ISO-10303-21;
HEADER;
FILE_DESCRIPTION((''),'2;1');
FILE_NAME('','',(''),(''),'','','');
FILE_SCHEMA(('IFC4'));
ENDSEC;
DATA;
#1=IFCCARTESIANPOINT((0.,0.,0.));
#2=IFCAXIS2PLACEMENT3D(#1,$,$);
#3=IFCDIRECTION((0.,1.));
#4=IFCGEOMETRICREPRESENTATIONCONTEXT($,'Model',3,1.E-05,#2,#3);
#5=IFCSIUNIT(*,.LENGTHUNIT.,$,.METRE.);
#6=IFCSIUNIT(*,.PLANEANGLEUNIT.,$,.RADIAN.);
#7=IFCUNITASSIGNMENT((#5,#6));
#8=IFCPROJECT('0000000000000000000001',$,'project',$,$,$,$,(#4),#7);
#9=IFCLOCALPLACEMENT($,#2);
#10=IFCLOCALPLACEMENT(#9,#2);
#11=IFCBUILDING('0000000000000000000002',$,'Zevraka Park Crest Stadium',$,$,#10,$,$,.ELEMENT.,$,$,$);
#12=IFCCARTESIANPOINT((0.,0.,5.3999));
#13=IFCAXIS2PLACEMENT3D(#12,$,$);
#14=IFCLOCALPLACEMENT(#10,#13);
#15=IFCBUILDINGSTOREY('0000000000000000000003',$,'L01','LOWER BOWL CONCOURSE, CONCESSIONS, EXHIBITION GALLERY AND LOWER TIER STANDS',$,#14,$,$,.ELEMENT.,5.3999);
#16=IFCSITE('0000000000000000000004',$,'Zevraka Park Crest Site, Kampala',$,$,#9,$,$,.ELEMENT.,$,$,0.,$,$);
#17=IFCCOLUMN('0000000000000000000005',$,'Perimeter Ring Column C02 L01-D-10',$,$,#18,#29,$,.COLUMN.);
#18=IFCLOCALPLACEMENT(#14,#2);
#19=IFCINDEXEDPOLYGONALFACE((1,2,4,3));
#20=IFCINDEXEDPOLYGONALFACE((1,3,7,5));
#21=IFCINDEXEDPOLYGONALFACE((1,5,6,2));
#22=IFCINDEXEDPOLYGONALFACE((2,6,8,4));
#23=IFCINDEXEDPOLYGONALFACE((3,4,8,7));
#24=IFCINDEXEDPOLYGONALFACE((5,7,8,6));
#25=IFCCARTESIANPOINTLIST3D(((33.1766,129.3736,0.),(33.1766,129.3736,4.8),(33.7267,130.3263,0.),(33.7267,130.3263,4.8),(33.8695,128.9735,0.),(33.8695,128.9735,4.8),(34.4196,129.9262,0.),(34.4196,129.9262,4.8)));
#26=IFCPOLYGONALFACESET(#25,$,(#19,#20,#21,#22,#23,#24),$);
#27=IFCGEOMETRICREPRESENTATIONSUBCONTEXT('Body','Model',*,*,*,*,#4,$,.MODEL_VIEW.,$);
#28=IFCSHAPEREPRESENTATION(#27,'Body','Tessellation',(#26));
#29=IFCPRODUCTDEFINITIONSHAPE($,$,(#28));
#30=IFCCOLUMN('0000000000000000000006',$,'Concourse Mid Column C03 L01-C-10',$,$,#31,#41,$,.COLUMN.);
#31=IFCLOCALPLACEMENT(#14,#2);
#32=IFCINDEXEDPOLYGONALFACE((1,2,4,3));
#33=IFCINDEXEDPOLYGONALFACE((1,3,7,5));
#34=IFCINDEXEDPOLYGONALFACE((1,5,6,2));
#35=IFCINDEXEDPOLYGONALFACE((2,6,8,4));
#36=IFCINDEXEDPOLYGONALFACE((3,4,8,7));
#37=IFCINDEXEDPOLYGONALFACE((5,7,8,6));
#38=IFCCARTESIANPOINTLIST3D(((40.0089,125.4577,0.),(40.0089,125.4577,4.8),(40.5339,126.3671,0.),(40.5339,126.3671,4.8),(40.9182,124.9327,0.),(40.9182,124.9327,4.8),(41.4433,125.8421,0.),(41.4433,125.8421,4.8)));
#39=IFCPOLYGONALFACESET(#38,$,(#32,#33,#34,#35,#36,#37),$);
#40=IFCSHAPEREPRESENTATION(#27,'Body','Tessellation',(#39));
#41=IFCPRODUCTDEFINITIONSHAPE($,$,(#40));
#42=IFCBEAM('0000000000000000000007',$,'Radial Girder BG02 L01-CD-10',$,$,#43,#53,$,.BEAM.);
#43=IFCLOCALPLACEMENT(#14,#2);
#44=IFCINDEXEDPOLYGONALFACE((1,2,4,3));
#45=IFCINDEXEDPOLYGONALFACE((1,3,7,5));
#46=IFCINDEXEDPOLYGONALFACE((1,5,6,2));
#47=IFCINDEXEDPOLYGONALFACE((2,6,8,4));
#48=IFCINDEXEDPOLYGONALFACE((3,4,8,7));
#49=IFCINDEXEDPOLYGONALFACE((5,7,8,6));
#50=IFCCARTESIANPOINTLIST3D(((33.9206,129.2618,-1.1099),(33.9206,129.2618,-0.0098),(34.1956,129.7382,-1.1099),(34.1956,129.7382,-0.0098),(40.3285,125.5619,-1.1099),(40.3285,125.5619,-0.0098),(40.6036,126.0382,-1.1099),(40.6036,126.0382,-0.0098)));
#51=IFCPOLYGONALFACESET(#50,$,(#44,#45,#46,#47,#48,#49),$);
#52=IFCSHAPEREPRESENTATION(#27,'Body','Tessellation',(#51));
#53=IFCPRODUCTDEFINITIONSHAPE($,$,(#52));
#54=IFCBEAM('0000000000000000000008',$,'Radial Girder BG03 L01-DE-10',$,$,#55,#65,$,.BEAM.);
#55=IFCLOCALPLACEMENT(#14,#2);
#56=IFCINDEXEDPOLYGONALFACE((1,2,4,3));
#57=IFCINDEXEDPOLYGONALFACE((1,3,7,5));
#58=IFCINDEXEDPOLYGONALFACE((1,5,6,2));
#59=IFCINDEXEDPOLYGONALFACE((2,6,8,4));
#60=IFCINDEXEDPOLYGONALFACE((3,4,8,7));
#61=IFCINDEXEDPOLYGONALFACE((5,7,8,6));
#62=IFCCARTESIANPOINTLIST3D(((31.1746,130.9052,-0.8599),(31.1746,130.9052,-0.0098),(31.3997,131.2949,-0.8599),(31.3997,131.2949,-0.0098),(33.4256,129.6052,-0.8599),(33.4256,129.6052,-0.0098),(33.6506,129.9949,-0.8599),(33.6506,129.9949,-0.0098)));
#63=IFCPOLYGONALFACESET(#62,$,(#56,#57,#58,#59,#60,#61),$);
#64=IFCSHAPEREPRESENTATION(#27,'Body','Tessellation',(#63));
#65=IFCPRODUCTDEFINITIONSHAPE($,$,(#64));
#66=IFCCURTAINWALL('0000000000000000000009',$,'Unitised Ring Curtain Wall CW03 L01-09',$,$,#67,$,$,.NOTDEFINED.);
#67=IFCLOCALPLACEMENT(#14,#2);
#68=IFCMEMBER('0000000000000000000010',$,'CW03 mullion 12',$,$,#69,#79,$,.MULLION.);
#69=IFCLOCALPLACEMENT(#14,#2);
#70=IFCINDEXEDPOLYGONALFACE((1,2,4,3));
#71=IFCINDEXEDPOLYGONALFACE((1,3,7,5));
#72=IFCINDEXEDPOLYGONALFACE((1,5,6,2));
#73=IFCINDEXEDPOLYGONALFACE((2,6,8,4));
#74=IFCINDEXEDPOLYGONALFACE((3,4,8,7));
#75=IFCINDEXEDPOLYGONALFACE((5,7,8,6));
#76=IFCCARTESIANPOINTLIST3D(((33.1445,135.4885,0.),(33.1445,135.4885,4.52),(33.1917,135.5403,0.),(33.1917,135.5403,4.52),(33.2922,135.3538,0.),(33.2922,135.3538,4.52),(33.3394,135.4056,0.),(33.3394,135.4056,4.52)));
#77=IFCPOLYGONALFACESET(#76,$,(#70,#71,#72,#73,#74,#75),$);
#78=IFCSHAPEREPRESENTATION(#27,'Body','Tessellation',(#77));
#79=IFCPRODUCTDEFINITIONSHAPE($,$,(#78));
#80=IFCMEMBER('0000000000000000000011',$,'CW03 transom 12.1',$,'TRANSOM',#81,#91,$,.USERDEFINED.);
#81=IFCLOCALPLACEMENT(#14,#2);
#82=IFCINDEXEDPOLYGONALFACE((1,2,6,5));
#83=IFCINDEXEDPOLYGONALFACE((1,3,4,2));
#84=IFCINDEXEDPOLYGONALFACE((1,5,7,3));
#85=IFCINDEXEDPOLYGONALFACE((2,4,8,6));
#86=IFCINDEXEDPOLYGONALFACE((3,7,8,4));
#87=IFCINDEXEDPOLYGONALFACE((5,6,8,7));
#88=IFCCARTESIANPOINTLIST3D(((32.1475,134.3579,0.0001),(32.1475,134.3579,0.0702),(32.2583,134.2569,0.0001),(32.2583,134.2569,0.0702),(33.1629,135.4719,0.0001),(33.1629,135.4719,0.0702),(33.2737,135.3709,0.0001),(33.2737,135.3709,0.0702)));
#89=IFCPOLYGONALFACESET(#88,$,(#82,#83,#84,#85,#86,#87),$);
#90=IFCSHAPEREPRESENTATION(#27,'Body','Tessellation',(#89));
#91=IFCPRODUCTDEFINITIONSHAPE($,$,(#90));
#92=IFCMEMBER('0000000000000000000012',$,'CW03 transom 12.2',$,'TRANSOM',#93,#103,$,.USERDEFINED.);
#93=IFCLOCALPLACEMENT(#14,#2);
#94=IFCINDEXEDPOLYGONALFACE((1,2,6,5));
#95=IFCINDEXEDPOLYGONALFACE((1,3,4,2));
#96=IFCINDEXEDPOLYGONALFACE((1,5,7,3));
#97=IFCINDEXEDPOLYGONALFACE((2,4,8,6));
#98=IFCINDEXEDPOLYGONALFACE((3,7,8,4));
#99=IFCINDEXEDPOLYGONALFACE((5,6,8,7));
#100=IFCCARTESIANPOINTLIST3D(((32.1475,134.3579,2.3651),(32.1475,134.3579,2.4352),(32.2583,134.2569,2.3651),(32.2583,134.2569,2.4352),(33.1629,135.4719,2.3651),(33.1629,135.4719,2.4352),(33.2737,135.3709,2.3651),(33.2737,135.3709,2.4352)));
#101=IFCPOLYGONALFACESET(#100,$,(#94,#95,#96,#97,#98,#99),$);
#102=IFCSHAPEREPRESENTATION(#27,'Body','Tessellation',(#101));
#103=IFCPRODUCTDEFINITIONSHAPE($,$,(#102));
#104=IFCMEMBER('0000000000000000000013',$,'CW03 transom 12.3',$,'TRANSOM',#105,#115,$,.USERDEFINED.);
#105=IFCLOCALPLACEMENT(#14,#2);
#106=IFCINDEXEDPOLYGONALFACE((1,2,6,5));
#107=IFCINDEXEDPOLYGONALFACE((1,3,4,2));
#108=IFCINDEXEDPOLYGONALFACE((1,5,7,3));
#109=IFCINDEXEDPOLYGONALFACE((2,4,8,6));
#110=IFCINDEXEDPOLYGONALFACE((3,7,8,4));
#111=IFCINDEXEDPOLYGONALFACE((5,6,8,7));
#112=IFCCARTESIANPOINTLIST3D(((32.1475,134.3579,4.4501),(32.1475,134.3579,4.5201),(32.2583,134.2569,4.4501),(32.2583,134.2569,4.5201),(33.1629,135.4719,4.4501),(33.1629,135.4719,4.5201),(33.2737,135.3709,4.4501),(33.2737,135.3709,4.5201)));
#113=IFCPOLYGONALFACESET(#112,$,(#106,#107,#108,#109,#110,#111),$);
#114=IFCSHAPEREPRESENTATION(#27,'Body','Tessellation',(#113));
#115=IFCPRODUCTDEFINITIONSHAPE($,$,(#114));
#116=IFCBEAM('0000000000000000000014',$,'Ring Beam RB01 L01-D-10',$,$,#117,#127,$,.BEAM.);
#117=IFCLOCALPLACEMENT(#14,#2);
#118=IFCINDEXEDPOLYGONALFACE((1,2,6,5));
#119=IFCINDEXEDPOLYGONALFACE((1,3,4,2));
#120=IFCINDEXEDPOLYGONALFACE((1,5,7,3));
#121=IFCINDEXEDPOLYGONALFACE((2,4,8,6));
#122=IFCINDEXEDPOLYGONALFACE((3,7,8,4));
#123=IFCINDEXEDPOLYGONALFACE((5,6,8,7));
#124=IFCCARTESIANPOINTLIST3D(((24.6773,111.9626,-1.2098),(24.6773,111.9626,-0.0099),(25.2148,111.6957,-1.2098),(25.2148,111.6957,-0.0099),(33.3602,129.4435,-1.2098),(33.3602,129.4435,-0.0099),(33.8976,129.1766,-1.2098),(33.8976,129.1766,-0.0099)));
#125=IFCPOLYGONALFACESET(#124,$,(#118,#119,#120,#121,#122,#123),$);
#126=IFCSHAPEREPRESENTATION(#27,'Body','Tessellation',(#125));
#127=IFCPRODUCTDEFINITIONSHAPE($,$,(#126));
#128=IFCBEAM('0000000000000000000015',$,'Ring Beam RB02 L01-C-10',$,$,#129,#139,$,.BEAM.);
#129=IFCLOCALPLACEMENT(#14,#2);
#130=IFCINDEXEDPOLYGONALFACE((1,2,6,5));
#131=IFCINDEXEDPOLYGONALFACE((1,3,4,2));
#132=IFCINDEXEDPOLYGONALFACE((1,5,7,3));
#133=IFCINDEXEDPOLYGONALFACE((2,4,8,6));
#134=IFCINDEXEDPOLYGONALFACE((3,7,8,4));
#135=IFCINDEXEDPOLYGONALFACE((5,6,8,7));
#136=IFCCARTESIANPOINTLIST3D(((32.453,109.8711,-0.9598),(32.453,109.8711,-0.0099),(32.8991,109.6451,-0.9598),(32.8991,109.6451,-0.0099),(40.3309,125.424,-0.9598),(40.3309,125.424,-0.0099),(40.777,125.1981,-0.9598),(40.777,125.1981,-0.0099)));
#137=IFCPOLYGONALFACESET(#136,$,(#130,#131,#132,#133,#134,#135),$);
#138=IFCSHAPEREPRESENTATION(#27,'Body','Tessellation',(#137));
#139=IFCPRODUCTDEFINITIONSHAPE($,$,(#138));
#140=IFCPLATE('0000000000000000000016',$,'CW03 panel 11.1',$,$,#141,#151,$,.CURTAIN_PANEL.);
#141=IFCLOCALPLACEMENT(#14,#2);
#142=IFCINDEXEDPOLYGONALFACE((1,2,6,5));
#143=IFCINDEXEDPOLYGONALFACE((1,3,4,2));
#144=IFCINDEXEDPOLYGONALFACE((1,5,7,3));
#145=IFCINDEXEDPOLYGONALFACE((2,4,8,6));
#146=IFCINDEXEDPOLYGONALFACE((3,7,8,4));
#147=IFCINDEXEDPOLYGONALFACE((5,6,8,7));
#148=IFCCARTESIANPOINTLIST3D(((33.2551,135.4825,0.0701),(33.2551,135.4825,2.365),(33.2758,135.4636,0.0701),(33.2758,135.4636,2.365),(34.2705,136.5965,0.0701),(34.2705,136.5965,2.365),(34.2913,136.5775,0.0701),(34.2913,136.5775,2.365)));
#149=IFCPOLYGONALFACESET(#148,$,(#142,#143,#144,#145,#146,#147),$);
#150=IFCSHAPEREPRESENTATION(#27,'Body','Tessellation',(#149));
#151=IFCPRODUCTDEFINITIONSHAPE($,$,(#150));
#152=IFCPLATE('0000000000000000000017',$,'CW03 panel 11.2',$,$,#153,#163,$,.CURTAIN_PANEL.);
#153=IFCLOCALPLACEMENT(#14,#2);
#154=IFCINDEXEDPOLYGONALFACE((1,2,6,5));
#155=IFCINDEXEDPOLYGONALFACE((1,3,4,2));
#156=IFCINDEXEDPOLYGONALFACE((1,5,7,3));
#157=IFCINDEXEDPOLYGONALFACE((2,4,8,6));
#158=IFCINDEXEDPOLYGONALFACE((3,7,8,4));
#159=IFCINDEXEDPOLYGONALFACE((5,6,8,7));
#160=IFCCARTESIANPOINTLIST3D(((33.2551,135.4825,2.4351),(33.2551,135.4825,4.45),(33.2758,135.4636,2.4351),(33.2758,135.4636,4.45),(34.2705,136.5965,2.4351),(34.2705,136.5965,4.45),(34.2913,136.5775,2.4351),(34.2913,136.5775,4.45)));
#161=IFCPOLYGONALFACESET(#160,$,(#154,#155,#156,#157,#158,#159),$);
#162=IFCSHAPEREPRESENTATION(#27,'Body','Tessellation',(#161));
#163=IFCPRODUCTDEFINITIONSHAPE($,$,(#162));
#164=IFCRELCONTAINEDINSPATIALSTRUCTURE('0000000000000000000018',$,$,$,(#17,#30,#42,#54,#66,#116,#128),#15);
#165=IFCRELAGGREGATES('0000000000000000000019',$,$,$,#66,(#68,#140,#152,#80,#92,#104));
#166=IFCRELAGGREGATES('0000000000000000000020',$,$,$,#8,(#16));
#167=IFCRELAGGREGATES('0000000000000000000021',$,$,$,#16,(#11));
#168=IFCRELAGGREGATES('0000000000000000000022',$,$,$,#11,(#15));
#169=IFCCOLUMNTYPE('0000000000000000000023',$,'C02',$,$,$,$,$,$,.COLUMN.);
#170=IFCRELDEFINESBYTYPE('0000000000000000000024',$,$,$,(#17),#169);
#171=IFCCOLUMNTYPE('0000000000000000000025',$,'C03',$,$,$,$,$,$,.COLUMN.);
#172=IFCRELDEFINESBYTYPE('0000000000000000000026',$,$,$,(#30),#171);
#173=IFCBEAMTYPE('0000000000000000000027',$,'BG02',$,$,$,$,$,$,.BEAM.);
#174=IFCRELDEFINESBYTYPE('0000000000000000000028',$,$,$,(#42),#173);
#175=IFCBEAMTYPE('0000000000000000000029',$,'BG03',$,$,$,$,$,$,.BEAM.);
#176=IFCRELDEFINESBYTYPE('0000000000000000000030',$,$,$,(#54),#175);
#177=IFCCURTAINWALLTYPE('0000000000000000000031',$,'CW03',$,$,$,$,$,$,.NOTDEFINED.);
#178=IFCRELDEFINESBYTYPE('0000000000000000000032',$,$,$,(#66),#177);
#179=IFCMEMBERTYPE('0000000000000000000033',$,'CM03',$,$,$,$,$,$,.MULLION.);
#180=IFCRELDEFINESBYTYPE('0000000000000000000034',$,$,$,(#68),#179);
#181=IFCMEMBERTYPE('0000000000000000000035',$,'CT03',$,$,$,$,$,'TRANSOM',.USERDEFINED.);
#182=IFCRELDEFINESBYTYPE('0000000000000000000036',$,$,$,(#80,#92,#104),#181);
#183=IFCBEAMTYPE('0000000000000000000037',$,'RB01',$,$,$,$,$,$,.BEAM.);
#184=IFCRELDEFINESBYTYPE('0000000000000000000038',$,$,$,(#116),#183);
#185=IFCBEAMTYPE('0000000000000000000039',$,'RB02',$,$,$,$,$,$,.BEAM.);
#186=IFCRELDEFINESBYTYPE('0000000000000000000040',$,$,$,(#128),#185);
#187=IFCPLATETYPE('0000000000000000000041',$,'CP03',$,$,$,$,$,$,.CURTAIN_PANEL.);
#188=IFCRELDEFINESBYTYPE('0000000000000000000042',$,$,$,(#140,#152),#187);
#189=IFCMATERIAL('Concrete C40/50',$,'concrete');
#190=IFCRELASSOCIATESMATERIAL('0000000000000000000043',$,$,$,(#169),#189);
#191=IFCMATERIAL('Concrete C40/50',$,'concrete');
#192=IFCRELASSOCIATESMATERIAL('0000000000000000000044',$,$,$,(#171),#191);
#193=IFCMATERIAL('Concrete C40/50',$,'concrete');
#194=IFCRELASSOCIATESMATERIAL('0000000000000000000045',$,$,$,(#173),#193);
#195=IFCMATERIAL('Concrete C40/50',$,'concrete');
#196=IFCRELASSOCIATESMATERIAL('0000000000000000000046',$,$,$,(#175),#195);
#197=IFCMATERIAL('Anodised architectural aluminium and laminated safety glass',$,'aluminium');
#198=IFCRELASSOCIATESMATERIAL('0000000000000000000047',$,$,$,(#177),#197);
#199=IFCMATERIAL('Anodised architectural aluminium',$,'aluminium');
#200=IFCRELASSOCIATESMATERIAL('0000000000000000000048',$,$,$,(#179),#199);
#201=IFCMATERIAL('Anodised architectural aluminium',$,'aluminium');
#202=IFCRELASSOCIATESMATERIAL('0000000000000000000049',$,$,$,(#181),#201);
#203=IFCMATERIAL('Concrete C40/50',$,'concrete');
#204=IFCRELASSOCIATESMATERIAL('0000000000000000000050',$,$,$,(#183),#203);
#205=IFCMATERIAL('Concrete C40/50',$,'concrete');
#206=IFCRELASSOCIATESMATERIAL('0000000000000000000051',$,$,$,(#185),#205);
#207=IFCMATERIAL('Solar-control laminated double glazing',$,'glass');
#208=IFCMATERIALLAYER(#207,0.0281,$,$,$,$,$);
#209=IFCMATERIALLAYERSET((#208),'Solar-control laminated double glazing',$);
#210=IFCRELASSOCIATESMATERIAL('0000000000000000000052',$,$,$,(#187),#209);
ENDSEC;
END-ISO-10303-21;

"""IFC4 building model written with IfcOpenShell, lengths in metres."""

from ifc_helpers import new_model, si_unit, direction, frame, origin, origin_2d, place, context, subcontext, project, spatial, rectangle, extrude, material, layer, layer_set, material_profile, profile_set, type_object, element, aggregate, save


model = new_model("IFC4")

# Units and contexts
model_context = context("Model", 3, precision=1e-05, world=origin(), true_north=direction((0.0, 1.0)))
body_context = subcontext(model_context, "Body", "Model", "MODEL_VIEW")
ifc_project = project(units=[si_unit("LENGTHUNIT", "METRE"), si_unit("PLANEANGLEUNIT", "RADIAN")], contexts=[model_context])

# Site, building, storey
site_placement = place(None, origin())
site = spatial("IfcSite", under=ifc_project, at=site_placement, Name="Zevraka Park Crest Site, Kampala", CompositionType="ELEMENT", RefElevation=0.0)
building_placement = place(site_placement, origin())
building = spatial("IfcBuilding", under=site, at=building_placement, Name="Zevraka Park Crest Stadium", CompositionType="ELEMENT")
storey_placement = place(building_placement, frame((0.0, 0.0, 5.3999)))
storey = spatial("IfcBuildingStorey", under=building, at=storey_placement, Name="L01", Description="LOWER BOWL CONCOURSE, CONCESSIONS, EXHIBITION GALLERY AND LOWER TIER STANDS", CompositionType="ELEMENT", Elevation=5.3999)

# Columns
ifc_material_1 = material(Name="Concrete C40/50", Category="concrete")
ifc_material_profile_1 = material_profile(ifc_material_1, rectangle(XDim=0.8, YDim=1.1001, at=origin_2d()), Name="RC 1100x800")
ifc_profile_set_1 = profile_set([ifc_material_profile_1], Name="Concrete C40/50")
column_type_1 = type_object("IfcColumnType", Name="C02", PredefinedType="COLUMN", material=ifc_profile_set_1)
column_1_placement = place(storey_placement, frame((33.7981, 129.6499, 0.0), z_axis=(0.0, 0.0, 1.0), x_axis=(-0.866025, 0.5, 0.0)))
element("IfcColumn", 1, at=column_1_placement, inside=storey, type_object=column_type_1, Name="Perimeter Ring Column C02 L01-D-10", PredefinedType="COLUMN", context=body_context, shape_type="SweptSolid", body=[
    extrude(rectangle(XDim=0.8, YDim=1.1001, at=origin_2d()), origin(), (0.0, 0.0, 1.0), 4.8),
])
ifc_material_2 = material(Name="Concrete C40/50", Category="concrete")
ifc_material_profile_2 = material_profile(ifc_material_2, rectangle(XDim=1.05, YDim=1.05, at=origin_2d()), Name="RC 1050x1050")
ifc_profile_set_2 = profile_set([ifc_material_profile_2], Name="Concrete C40/50")
column_type_2 = type_object("IfcColumnType", Name="C03", PredefinedType="COLUMN", material=ifc_profile_set_2)
column_2_placement = place(storey_placement, frame((40.7261, 125.6499, 0.0), z_axis=(0.0, 0.0, 1.0), x_axis=(-0.866025, 0.5, 0.0)))
element("IfcColumn", 2, at=column_2_placement, inside=storey, type_object=column_type_2, Name="Concourse Mid Column C03 L01-C-10", PredefinedType="COLUMN", context=body_context, shape_type="SweptSolid", body=[
    extrude(rectangle(XDim=1.05, YDim=1.05, at=origin_2d()), origin(), (0.0, 0.0, 1.0), 4.8),
])

# Beams
ifc_material_3 = material(Name="Concrete C40/50", Category="concrete")
ifc_material_profile_3 = material_profile(ifc_material_3, rectangle(XDim=0.55, YDim=1.1001, at=origin_2d()), Name="RC 1100x550")
ifc_profile_set_3 = profile_set([ifc_material_profile_3], Name="Concrete C40/50")
beam_type_1 = type_object("IfcBeamType", Name="BG02", PredefinedType="BEAM", material=ifc_profile_set_3)
beam_1_placement = place(storey_placement, frame((40.4661, 125.8, -0.5598), z_axis=(-0.866007, 0.500032, 0.0), x_axis=(-0.500032, -0.866007, 0.0)))
element("IfcBeam", 3, at=beam_1_placement, inside=storey, type_object=beam_type_1, Name="Radial Girder BG02 L01-CD-10", PredefinedType="BEAM", context=body_context, shape_type="SweptSolid", body=[
    extrude(rectangle(XDim=0.55, YDim=1.1001, at=origin_2d()), origin(), (0.0, 0.0, 1.0), 7.3994),
])
ifc_material_4 = material(Name="Concrete C40/50", Category="concrete")
ifc_material_profile_4 = material_profile(ifc_material_4, rectangle(XDim=0.45, YDim=0.8501, at=origin_2d()), Name="RC 850x450")
ifc_profile_set_4 = profile_set([ifc_material_profile_4], Name="Concrete C40/50")
beam_type_2 = type_object("IfcBeamType", Name="BG03", PredefinedType="BEAM", material=ifc_profile_set_4)
beam_2_placement = place(storey_placement, frame((33.5381, 129.8, -0.4348), z_axis=(-0.865951, 0.500129, 0.0), x_axis=(-0.500129, -0.865951, 0.0)))
element("IfcBeam", 4, at=beam_2_placement, inside=storey, type_object=beam_type_2, Name="Radial Girder BG03 L01-DE-10", PredefinedType="BEAM", context=body_context, shape_type="SweptSolid", body=[
    extrude(rectangle(XDim=0.45, YDim=0.8501, at=origin_2d()), origin(), (0.0, 0.0, 1.0), 2.5994),
])

# Curtain wall, members
ifc_material_5 = material(Name="Anodised architectural aluminium and laminated safety glass", Category="aluminium")
curtain_wall_type = type_object("IfcCurtainWallType", Name="CW03", PredefinedType="NOTDEFINED", material=ifc_material_5)
curtain_wall_placement = place(storey_placement, origin())
curtain_wall = element("IfcCurtainWall", 5, at=curtain_wall_placement, inside=storey, type_object=curtain_wall_type, Name="Unitised Ring Curtain Wall CW03 L01-09", PredefinedType="NOTDEFINED")
ifc_material_6 = material(Name="Anodised architectural aluminium", Category="aluminium")
ifc_material_profile_5 = material_profile(ifc_material_6, rectangle(XDim=0.2, YDim=0.0701, at=origin_2d()), Name="ALU MULLION 200x70")
ifc_profile_set_5 = profile_set([ifc_material_profile_5], Name="Anodised architectural aluminium")
member_type_1 = type_object("IfcMemberType", Name="CM03", PredefinedType="MULLION", material=ifc_profile_set_5)
member_1_placement = place(storey_placement, frame((33.2419, 135.447, 0.0), z_axis=(0.0, 0.0, 1.0), x_axis=(0.739023, -0.67368, 0.0)))
member_1 = element("IfcMember", 6, at=member_1_placement, type_object=member_type_1, Name="CW03 mullion 12", PredefinedType="MULLION", context=body_context, shape_type="SweptSolid", body=[
    extrude(rectangle(XDim=0.2, YDim=0.0701, at=origin_2d()), origin(), (0.0, 0.0, 1.0), 4.52),
])
ifc_material_7 = material(Name="Anodised architectural aluminium", Category="aluminium")
ifc_material_profile_6 = material_profile(ifc_material_7, rectangle(XDim=0.1499, YDim=0.0701, at=origin_2d()), Name="ALU TRANSOM 150x70")
ifc_profile_set_6 = profile_set([ifc_material_profile_6], Name="Anodised architectural aluminium")
member_type_2 = type_object("IfcMemberType", Name="CT03", ElementType="TRANSOM", PredefinedType="USERDEFINED", material=ifc_profile_set_6)
member_2_placement = place(storey_placement, frame((33.2183, 135.4214, 0.0352), z_axis=(-0.673632, -0.739067, 0.0), x_axis=(0.739067, -0.673632, 0.0)))
member_2 = element("IfcMember", 7, at=member_2_placement, type_object=member_type_2, Name="CW03 transom 12.1", ObjectType="TRANSOM", PredefinedType="USERDEFINED", context=body_context, shape_type="SweptSolid", body=[
    extrude(rectangle(XDim=0.1499, YDim=0.0701, at=origin_2d()), origin(), (0.0, 0.0, 1.0), 1.5073),
])
member_3_placement = place(storey_placement, frame((33.2183, 135.4214, 2.4001), z_axis=(-0.673632, -0.739067, 0.0), x_axis=(0.739067, -0.673632, 0.0)))
member_3 = element("IfcMember", 8, at=member_3_placement, type_object=member_type_2, Name="CW03 transom 12.2", ObjectType="TRANSOM", PredefinedType="USERDEFINED", context=body_context, shape_type="SweptSolid", body=[
    extrude(rectangle(XDim=0.1499, YDim=0.0701, at=origin_2d()), origin(), (0.0, 0.0, 1.0), 1.5073),
])
member_4_placement = place(storey_placement, frame((33.2183, 135.4214, 4.4851), z_axis=(-0.673632, -0.739067, 0.0), x_axis=(0.739067, -0.673632, 0.0)))
member_4 = element("IfcMember", 9, at=member_4_placement, type_object=member_type_2, Name="CW03 transom 12.3", ObjectType="TRANSOM", PredefinedType="USERDEFINED", context=body_context, shape_type="SweptSolid", body=[
    extrude(rectangle(XDim=0.1499, YDim=0.0701, at=origin_2d()), origin(), (0.0, 0.0, 1.0), 1.5073),
])

# Beams
ifc_material_8 = material(Name="Concrete C40/50", Category="concrete")
ifc_material_profile_7 = material_profile(ifc_material_8, rectangle(XDim=0.6001, YDim=1.2, at=origin_2d()), Name="RC 1200x600")
ifc_profile_set_7 = profile_set([ifc_material_profile_7], Name="Concrete C40/50")
beam_type_3 = type_object("IfcBeamType", Name="RB01", PredefinedType="BEAM", material=ifc_profile_set_7)
beam_3_placement = place(storey_placement, frame((33.6289, 129.3101, -0.6099), z_axis=(-0.444851, -0.895605, 0.0), x_axis=(0.895605, -0.444851, 0.0)))
element("IfcBeam", 10, at=beam_3_placement, inside=storey, type_object=beam_type_3, Name="Ring Beam RB01 L01-D-10", PredefinedType="BEAM", context=body_context, shape_type="SweptSolid", body=[
    extrude(rectangle(XDim=0.6001, YDim=1.2, at=origin_2d()), origin(), (0.0, 0.0, 1.0), 19.5186),
])
ifc_material_9 = material(Name="Concrete C40/50", Category="concrete")
ifc_material_profile_8 = material_profile(ifc_material_9, rectangle(XDim=0.5, YDim=0.95, at=origin_2d()), Name="RC 950x500")
ifc_profile_set_8 = profile_set([ifc_material_profile_8], Name="Concrete C40/50")
beam_type_4 = type_object("IfcBeamType", Name="RB02", PredefinedType="BEAM", material=ifc_profile_set_8)
beam_4_placement = place(storey_placement, frame((40.554, 125.311, -0.4849), z_axis=(-0.451862, -0.892088, 0.0), x_axis=(0.892088, -0.451862, 0.0)))
element("IfcBeam", 11, at=beam_4_placement, inside=storey, type_object=beam_type_4, Name="Ring Beam RB02 L01-C-10", PredefinedType="BEAM", context=body_context, shape_type="SweptSolid", body=[
    extrude(rectangle(XDim=0.5, YDim=0.95, at=origin_2d()), origin(), (0.0, 0.0, 1.0), 17.4343),
])

# Plates
ifc_material_10 = material(Name="Solar-control laminated double glazing", Category="glass")
ifc_layer_1 = layer(ifc_material_10, 0.0281)
ifc_layer_set_1 = layer_set([ifc_layer_1], Name="Solar-control laminated double glazing")
plate_type = type_object("IfcPlateType", Name="CP03", PredefinedType="CURTAIN_PANEL", material=ifc_layer_set_1)
plate_1_placement = place(storey_placement, frame((33.7732, 136.03, 0.0701), z_axis=(0.0, 0.0, 1.0), x_axis=(-0.67368, -0.739023, 0.0)))
plate_1 = element("IfcPlate", 12, at=plate_1_placement, type_object=plate_type, Name="CW03 panel 11.1", PredefinedType="CURTAIN_PANEL", context=body_context, shape_type="SweptSolid", body=[
    extrude(rectangle(XDim=1.5073, YDim=0.0281, at=origin_2d()), origin(), (0.0, 0.0, 1.0), 2.2949),
])
plate_2_placement = place(storey_placement, frame((33.7732, 136.03, 2.4351), z_axis=(0.0, 0.0, 1.0), x_axis=(-0.67368, -0.739023, 0.0)))
plate_2 = element("IfcPlate", 13, at=plate_2_placement, type_object=plate_type, Name="CW03 panel 11.2", PredefinedType="CURTAIN_PANEL", context=body_context, shape_type="SweptSolid", body=[
    extrude(rectangle(XDim=1.5073, YDim=0.0281, at=origin_2d()), origin(), (0.0, 0.0, 1.0), 2.0149),
])
aggregate(curtain_wall, [member_1, plate_1, plate_2, member_2, member_3, member_4])

save(model, "model.ifc")
